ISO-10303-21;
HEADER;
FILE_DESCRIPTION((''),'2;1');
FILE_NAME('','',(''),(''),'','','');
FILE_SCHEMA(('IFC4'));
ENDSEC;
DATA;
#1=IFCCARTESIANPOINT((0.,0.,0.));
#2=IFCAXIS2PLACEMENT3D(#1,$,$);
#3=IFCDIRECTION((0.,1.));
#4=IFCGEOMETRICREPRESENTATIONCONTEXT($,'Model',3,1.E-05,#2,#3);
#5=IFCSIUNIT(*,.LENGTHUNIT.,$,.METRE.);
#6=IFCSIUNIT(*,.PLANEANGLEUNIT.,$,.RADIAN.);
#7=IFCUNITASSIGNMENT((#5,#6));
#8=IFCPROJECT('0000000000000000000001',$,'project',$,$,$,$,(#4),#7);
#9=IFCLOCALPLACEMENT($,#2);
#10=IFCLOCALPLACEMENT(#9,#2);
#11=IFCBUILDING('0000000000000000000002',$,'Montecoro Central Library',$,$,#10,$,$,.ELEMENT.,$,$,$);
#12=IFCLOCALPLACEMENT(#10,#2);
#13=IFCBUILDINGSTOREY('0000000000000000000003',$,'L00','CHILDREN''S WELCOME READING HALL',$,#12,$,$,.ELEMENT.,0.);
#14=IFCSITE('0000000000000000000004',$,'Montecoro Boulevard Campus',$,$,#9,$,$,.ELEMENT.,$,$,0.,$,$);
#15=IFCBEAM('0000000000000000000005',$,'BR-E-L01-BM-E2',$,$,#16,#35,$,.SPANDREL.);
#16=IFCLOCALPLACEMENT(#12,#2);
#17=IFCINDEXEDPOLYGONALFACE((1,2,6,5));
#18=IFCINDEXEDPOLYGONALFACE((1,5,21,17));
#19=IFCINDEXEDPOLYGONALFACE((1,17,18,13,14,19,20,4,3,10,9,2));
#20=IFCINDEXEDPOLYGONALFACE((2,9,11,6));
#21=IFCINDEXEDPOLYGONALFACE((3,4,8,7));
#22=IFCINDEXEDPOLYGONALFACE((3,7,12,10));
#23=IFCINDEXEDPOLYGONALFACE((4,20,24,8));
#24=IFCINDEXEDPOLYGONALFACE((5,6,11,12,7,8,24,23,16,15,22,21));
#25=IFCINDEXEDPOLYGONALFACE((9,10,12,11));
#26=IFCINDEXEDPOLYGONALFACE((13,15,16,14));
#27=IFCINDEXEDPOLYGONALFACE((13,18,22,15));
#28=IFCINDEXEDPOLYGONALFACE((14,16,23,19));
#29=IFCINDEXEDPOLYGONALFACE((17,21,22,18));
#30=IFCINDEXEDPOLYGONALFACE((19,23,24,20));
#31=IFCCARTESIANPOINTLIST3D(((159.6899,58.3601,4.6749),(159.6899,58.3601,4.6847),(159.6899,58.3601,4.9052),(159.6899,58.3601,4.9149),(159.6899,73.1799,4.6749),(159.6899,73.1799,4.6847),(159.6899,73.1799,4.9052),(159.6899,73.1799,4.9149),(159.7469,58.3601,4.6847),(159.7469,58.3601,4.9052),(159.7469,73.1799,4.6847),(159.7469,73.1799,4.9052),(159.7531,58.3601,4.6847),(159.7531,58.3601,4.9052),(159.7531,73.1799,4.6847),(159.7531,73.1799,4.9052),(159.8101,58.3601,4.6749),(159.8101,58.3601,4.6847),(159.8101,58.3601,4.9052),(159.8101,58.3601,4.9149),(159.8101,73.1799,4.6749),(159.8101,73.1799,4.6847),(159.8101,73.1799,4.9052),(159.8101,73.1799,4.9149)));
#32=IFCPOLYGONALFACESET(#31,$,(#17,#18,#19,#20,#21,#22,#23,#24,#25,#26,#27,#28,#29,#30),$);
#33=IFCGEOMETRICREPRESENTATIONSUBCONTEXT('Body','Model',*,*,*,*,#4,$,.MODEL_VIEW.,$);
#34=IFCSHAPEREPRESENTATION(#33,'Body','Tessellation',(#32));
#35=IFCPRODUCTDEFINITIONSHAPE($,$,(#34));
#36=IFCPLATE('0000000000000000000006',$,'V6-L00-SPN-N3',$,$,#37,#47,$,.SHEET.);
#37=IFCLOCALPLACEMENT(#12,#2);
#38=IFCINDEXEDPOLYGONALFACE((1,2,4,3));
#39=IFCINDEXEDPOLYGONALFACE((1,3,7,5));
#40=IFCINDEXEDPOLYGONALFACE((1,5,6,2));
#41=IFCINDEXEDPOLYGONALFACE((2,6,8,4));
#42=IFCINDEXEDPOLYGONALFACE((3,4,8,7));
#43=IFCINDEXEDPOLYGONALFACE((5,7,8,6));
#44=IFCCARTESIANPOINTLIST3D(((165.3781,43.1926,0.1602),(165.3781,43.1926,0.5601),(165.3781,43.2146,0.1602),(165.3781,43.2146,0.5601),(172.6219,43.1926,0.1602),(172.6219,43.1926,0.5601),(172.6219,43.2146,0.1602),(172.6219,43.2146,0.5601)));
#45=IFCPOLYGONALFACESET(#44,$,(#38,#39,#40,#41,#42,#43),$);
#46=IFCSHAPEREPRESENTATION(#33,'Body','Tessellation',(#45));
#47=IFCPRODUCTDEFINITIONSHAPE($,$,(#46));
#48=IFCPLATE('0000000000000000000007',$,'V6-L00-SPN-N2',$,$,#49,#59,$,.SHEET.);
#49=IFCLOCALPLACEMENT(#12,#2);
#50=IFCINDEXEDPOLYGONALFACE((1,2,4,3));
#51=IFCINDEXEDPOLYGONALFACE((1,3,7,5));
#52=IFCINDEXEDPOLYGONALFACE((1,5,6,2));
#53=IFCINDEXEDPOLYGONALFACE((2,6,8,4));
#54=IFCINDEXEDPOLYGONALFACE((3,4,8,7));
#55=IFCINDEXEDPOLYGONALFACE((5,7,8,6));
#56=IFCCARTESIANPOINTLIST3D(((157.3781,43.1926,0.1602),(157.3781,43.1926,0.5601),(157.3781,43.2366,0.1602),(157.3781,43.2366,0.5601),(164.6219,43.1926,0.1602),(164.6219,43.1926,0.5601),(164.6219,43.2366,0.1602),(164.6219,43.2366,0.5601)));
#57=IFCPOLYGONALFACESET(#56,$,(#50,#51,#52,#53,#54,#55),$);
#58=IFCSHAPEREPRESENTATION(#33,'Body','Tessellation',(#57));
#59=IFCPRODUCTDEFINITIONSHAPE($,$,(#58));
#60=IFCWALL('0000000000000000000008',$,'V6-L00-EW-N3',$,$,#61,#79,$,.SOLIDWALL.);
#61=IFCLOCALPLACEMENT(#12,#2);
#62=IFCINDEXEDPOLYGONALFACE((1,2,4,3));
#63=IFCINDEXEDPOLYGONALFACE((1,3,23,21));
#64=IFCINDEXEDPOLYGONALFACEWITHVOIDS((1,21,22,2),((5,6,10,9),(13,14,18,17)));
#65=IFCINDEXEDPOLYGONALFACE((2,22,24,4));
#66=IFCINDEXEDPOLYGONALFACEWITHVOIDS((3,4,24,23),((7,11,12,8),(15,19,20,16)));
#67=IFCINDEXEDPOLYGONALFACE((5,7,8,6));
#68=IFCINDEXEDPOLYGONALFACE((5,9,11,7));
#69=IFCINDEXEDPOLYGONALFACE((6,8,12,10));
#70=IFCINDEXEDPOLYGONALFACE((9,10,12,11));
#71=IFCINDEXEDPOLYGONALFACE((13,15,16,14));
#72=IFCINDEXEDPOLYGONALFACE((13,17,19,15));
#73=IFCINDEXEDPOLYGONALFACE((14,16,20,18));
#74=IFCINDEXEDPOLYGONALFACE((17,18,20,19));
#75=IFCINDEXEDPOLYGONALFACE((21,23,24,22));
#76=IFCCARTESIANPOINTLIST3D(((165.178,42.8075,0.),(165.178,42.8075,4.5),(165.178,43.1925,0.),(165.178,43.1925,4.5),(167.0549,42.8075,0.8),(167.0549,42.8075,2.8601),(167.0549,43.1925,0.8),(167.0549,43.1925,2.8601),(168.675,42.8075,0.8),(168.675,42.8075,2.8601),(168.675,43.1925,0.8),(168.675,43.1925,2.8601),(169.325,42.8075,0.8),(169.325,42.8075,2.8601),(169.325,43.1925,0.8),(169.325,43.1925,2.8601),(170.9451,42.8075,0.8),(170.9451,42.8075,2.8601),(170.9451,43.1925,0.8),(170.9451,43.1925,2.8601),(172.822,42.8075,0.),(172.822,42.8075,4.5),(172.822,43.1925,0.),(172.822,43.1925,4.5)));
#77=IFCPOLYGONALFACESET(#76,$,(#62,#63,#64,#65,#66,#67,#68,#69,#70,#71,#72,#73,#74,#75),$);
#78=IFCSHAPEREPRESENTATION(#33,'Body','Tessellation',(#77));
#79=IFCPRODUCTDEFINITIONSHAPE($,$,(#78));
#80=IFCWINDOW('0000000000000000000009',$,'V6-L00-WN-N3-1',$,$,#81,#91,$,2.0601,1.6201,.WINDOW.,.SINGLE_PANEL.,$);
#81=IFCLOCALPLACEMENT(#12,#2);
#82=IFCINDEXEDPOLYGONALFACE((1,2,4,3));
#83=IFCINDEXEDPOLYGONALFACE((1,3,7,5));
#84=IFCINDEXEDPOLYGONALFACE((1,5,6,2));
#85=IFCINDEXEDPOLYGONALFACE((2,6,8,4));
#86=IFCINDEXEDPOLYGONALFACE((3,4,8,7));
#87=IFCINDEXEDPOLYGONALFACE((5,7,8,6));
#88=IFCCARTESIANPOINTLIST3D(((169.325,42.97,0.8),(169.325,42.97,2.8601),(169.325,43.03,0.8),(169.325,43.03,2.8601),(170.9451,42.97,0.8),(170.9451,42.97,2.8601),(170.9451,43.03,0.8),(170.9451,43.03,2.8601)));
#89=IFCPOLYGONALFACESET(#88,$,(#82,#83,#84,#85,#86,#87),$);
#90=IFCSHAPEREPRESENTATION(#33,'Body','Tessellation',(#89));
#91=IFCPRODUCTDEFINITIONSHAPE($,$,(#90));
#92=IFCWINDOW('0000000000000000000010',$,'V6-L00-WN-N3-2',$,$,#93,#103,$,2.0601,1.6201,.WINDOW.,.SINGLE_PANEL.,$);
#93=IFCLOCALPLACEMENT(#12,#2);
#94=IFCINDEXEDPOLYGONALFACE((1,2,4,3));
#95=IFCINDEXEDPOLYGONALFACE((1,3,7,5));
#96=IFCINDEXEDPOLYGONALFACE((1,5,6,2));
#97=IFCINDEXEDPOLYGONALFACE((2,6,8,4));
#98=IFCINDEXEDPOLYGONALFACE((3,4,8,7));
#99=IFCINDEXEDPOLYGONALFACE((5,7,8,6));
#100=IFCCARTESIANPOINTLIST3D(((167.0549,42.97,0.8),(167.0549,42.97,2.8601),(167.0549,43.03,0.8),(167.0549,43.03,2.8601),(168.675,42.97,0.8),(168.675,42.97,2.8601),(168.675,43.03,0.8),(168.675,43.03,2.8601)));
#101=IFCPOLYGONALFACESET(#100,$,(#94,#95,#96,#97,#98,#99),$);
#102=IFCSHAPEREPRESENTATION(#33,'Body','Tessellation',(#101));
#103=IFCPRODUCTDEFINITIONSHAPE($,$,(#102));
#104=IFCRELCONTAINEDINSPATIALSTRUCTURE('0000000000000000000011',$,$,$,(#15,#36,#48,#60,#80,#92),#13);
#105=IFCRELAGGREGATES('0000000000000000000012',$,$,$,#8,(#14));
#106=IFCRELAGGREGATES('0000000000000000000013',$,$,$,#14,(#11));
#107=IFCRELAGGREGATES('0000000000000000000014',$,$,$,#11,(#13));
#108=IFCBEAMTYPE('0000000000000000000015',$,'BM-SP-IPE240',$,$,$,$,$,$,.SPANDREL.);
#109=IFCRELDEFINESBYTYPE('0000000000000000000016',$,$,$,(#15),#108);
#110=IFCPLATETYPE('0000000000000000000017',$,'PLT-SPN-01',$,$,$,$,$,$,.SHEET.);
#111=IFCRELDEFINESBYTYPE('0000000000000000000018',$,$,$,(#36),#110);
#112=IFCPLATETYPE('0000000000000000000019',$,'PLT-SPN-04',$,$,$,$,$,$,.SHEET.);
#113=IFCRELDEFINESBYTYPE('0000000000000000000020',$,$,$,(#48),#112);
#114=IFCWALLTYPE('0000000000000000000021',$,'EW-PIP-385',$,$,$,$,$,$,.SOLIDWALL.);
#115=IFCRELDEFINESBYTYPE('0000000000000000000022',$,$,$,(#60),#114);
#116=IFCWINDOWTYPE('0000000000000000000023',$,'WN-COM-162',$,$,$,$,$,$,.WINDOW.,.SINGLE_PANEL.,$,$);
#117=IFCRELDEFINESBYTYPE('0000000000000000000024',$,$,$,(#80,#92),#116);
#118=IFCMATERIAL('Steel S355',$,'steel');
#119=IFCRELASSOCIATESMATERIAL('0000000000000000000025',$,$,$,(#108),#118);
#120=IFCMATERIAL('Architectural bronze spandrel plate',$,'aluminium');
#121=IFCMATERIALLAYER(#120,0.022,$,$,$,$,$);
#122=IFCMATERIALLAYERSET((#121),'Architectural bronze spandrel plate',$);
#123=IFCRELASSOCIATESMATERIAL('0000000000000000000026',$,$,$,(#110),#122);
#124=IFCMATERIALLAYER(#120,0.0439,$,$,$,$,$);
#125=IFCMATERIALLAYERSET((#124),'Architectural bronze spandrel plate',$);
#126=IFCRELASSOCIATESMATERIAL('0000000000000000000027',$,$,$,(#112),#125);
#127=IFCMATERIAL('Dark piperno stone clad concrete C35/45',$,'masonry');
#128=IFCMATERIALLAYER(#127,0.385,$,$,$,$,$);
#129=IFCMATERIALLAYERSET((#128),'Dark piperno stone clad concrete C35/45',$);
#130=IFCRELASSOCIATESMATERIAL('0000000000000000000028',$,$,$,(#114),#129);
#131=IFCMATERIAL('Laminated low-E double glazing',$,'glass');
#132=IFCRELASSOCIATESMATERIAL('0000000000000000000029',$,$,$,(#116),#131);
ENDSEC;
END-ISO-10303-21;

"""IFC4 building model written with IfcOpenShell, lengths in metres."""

from ifc_helpers import new_model, si_unit, direction, frame, frame_2d, origin, origin_2d, place, context, subcontext, project, spatial, rectangle, i_section, extrude, material, layer, layer_set, material_profile, profile_set, type_object, element, fill, save


model = new_model("IFC4")

# Units and contexts
model_context = context("Model", 3, precision=1e-05, world=origin(), true_north=direction((0.0, 1.0)))
body_context = subcontext(model_context, "Body", "Model", "MODEL_VIEW")
ifc_project = project(units=[si_unit("LENGTHUNIT", "METRE"), si_unit("PLANEANGLEUNIT", "RADIAN")], contexts=[model_context])

# Site, building, storey
site_placement = place(None, origin())
site = spatial("IfcSite", under=ifc_project, at=site_placement, Name="Montecoro Boulevard Campus", CompositionType="ELEMENT", RefElevation=0.0)
building_placement = place(site_placement, origin())
building = spatial("IfcBuilding", under=site, at=building_placement, Name="Montecoro Central Library", CompositionType="ELEMENT")
storey_placement = place(building_placement, origin())
storey = spatial("IfcBuildingStorey", under=building, at=storey_placement, Name="L00", Description="CHILDREN'S WELCOME READING HALL", CompositionType="ELEMENT", Elevation=0.0)

# Shared definitions
ifc_material_1 = material(Name="Steel S355", Category="steel")

# Beam
ifc_material_profile_1 = material_profile(ifc_material_1, i_section(OverallWidth=0.1201, OverallDepth=0.24, WebThickness=0.0061, FlangeThickness=0.0098, at=origin_2d()), Name="IPE 240")
ifc_profile_set_1 = profile_set([ifc_material_profile_1], Name="Steel S355")
beam_type_1 = type_object("IfcBeamType", Name="BM-SP-IPE240", PredefinedType="SPANDREL", material=ifc_profile_set_1)
beam_1_placement = place(storey_placement, frame((159.75, 58.3601, 4.7949), z_axis=(0.0, 1.0, 0.0), x_axis=(-1.0, 0.0, 0.0)))
element("IfcBeam", 1, at=beam_1_placement, inside=storey, type_object=beam_type_1, Name="BR-E-L01-BM-E2", PredefinedType="SPANDREL", context=body_context, shape_type="SweptSolid", body=[
    extrude(i_section(OverallWidth=0.1201, OverallDepth=0.24, WebThickness=0.0061, FlangeThickness=0.0098, at=origin_2d()), origin(), (0.0, 0.0, 1.0), 14.8198),
])

# Plates
ifc_material_2 = material(Name="Architectural bronze spandrel plate", Category="aluminium")
ifc_layer_1 = layer(ifc_material_2, 0.022)
ifc_layer_set_1 = layer_set([ifc_layer_1], Name="Architectural bronze spandrel plate")
plate_type_1 = type_object("IfcPlateType", Name="PLT-SPN-01", PredefinedType="SHEET", material=ifc_layer_set_1)
plate_1_placement = place(storey_placement, frame((169.0, 43.2036, 0.1602), z_axis=(0.0, 0.0, 1.0), x_axis=(-1.0, 0.0, 0.0)))
element("IfcPlate", 2, at=plate_1_placement, inside=storey, type_object=plate_type_1, Name="V6-L00-SPN-N3", PredefinedType="SHEET", context=body_context, shape_type="SweptSolid", body=[
    extrude(rectangle(XDim=7.2439, YDim=0.022, at=origin_2d()), origin(), (0.0, 0.0, 1.0), 0.3999),
])
ifc_layer_2 = layer(ifc_material_2, 0.0439)
ifc_layer_set_2 = layer_set([ifc_layer_2], Name="Architectural bronze spandrel plate")
plate_type_2 = type_object("IfcPlateType", Name="PLT-SPN-04", PredefinedType="SHEET", material=ifc_layer_set_2)
plate_2_placement = place(storey_placement, frame((161.0, 43.2146, 0.1602), z_axis=(0.0, 0.0, 1.0), x_axis=(-1.0, 0.0, 0.0)))
element("IfcPlate", 3, at=plate_2_placement, inside=storey, type_object=plate_type_2, Name="V6-L00-SPN-N2", PredefinedType="SHEET", context=body_context, shape_type="SweptSolid", body=[
    extrude(rectangle(XDim=7.2439, YDim=0.0439, at=origin_2d()), origin(), (0.0, 0.0, 1.0), 0.3999),
])

# Wall, openings, windows
ifc_material_3 = material(Name="Dark piperno stone clad concrete C35/45", Category="masonry")
ifc_layer_3 = layer(ifc_material_3, 0.385)
ifc_layer_set_3 = layer_set([ifc_layer_3], Name="Dark piperno stone clad concrete C35/45")
wall_type = type_object("IfcWallType", Name="EW-PIP-385", PredefinedType="SOLIDWALL", material=ifc_layer_set_3)
wall_placement = place(storey_placement, frame((172.822, 43.0, 0.0), z_axis=(0.0, 0.0, 1.0), x_axis=(-1.0, 0.0, 0.0)))
wall = element("IfcWall", 4, at=wall_placement, inside=storey, type_object=wall_type, Name="V6-L00-EW-N3", PredefinedType="SOLIDWALL", context=body_context, shape_type="SweptSolid", body=[
    extrude(rectangle(XDim=7.644, YDim=0.385, at=frame_2d((3.822, 0.0))), origin(), (0.0, 0.0, 1.0), 4.5),
])
opening_1_placement = place(wall_placement, frame((1.877, 0.0, 0.8)))
opening_1 = element("IfcOpeningElement", 5, at=opening_1_placement, cuts=wall, PredefinedType="OPENING", context=body_context, shape_type="SweptSolid", body=[
    extrude(rectangle(XDim=1.6201, YDim=2.0601, at=frame_2d((0.8101, 1.03))), frame((0.0, 0.2024, 0.0), z_axis=(0.0, -1.0, 0.0), x_axis=(1.0, 0.0, 0.0)), (0.0, 0.0, 1.0), 0.405),
])
opening_2_placement = place(wall_placement, frame((4.147, 0.0, 0.8)))
opening_2 = element("IfcOpeningElement", 6, at=opening_2_placement, cuts=wall, PredefinedType="OPENING", context=body_context, shape_type="SweptSolid", body=[
    extrude(rectangle(XDim=1.6201, YDim=2.0601, at=frame_2d((0.8101, 1.03))), frame((0.0, 0.2024, 0.0), z_axis=(0.0, -1.0, 0.0), x_axis=(1.0, 0.0, 0.0)), (0.0, 0.0, 1.0), 0.405),
])
ifc_material_4 = material(Name="Laminated low-E double glazing", Category="glass")
window_type = type_object("IfcWindowType", Name="WN-COM-162", PartitioningType="SINGLE_PANEL", PredefinedType="WINDOW", material=ifc_material_4)
window_1_placement = place(opening_1_placement, origin())
window_1 = element("IfcWindow", 7, at=window_1_placement, inside=storey, type_object=window_type, Name="V6-L00-WN-N3-1", OverallHeight=2.0601, OverallWidth=1.6201, PartitioningType="SINGLE_PANEL", PredefinedType="WINDOW", context=body_context, shape_type="SweptSolid", body=[
    extrude(rectangle(XDim=1.6201, YDim=2.0601, at=frame_2d((0.8101, 1.03))), frame((0.0, 0.03, 0.0), z_axis=(0.0, -1.0, 0.0), x_axis=(1.0, 0.0, 0.0)), (0.0, 0.0, 1.0), 0.0601),
])
fill(opening_1, window_1)
window_2_placement = place(opening_2_placement, origin())
window_2 = element("IfcWindow", 8, at=window_2_placement, inside=storey, type_object=window_type, Name="V6-L00-WN-N3-2", OverallHeight=2.0601, OverallWidth=1.6201, PartitioningType="SINGLE_PANEL", PredefinedType="WINDOW", context=body_context, shape_type="SweptSolid", body=[
    extrude(rectangle(XDim=1.6201, YDim=2.0601, at=frame_2d((0.8101, 1.03))), frame((0.0, 0.03, 0.0), z_axis=(0.0, -1.0, 0.0), x_axis=(1.0, 0.0, 0.0)), (0.0, 0.0, 1.0), 0.0601),
])
fill(opening_2, window_2)

save(model, "model.ifc")
